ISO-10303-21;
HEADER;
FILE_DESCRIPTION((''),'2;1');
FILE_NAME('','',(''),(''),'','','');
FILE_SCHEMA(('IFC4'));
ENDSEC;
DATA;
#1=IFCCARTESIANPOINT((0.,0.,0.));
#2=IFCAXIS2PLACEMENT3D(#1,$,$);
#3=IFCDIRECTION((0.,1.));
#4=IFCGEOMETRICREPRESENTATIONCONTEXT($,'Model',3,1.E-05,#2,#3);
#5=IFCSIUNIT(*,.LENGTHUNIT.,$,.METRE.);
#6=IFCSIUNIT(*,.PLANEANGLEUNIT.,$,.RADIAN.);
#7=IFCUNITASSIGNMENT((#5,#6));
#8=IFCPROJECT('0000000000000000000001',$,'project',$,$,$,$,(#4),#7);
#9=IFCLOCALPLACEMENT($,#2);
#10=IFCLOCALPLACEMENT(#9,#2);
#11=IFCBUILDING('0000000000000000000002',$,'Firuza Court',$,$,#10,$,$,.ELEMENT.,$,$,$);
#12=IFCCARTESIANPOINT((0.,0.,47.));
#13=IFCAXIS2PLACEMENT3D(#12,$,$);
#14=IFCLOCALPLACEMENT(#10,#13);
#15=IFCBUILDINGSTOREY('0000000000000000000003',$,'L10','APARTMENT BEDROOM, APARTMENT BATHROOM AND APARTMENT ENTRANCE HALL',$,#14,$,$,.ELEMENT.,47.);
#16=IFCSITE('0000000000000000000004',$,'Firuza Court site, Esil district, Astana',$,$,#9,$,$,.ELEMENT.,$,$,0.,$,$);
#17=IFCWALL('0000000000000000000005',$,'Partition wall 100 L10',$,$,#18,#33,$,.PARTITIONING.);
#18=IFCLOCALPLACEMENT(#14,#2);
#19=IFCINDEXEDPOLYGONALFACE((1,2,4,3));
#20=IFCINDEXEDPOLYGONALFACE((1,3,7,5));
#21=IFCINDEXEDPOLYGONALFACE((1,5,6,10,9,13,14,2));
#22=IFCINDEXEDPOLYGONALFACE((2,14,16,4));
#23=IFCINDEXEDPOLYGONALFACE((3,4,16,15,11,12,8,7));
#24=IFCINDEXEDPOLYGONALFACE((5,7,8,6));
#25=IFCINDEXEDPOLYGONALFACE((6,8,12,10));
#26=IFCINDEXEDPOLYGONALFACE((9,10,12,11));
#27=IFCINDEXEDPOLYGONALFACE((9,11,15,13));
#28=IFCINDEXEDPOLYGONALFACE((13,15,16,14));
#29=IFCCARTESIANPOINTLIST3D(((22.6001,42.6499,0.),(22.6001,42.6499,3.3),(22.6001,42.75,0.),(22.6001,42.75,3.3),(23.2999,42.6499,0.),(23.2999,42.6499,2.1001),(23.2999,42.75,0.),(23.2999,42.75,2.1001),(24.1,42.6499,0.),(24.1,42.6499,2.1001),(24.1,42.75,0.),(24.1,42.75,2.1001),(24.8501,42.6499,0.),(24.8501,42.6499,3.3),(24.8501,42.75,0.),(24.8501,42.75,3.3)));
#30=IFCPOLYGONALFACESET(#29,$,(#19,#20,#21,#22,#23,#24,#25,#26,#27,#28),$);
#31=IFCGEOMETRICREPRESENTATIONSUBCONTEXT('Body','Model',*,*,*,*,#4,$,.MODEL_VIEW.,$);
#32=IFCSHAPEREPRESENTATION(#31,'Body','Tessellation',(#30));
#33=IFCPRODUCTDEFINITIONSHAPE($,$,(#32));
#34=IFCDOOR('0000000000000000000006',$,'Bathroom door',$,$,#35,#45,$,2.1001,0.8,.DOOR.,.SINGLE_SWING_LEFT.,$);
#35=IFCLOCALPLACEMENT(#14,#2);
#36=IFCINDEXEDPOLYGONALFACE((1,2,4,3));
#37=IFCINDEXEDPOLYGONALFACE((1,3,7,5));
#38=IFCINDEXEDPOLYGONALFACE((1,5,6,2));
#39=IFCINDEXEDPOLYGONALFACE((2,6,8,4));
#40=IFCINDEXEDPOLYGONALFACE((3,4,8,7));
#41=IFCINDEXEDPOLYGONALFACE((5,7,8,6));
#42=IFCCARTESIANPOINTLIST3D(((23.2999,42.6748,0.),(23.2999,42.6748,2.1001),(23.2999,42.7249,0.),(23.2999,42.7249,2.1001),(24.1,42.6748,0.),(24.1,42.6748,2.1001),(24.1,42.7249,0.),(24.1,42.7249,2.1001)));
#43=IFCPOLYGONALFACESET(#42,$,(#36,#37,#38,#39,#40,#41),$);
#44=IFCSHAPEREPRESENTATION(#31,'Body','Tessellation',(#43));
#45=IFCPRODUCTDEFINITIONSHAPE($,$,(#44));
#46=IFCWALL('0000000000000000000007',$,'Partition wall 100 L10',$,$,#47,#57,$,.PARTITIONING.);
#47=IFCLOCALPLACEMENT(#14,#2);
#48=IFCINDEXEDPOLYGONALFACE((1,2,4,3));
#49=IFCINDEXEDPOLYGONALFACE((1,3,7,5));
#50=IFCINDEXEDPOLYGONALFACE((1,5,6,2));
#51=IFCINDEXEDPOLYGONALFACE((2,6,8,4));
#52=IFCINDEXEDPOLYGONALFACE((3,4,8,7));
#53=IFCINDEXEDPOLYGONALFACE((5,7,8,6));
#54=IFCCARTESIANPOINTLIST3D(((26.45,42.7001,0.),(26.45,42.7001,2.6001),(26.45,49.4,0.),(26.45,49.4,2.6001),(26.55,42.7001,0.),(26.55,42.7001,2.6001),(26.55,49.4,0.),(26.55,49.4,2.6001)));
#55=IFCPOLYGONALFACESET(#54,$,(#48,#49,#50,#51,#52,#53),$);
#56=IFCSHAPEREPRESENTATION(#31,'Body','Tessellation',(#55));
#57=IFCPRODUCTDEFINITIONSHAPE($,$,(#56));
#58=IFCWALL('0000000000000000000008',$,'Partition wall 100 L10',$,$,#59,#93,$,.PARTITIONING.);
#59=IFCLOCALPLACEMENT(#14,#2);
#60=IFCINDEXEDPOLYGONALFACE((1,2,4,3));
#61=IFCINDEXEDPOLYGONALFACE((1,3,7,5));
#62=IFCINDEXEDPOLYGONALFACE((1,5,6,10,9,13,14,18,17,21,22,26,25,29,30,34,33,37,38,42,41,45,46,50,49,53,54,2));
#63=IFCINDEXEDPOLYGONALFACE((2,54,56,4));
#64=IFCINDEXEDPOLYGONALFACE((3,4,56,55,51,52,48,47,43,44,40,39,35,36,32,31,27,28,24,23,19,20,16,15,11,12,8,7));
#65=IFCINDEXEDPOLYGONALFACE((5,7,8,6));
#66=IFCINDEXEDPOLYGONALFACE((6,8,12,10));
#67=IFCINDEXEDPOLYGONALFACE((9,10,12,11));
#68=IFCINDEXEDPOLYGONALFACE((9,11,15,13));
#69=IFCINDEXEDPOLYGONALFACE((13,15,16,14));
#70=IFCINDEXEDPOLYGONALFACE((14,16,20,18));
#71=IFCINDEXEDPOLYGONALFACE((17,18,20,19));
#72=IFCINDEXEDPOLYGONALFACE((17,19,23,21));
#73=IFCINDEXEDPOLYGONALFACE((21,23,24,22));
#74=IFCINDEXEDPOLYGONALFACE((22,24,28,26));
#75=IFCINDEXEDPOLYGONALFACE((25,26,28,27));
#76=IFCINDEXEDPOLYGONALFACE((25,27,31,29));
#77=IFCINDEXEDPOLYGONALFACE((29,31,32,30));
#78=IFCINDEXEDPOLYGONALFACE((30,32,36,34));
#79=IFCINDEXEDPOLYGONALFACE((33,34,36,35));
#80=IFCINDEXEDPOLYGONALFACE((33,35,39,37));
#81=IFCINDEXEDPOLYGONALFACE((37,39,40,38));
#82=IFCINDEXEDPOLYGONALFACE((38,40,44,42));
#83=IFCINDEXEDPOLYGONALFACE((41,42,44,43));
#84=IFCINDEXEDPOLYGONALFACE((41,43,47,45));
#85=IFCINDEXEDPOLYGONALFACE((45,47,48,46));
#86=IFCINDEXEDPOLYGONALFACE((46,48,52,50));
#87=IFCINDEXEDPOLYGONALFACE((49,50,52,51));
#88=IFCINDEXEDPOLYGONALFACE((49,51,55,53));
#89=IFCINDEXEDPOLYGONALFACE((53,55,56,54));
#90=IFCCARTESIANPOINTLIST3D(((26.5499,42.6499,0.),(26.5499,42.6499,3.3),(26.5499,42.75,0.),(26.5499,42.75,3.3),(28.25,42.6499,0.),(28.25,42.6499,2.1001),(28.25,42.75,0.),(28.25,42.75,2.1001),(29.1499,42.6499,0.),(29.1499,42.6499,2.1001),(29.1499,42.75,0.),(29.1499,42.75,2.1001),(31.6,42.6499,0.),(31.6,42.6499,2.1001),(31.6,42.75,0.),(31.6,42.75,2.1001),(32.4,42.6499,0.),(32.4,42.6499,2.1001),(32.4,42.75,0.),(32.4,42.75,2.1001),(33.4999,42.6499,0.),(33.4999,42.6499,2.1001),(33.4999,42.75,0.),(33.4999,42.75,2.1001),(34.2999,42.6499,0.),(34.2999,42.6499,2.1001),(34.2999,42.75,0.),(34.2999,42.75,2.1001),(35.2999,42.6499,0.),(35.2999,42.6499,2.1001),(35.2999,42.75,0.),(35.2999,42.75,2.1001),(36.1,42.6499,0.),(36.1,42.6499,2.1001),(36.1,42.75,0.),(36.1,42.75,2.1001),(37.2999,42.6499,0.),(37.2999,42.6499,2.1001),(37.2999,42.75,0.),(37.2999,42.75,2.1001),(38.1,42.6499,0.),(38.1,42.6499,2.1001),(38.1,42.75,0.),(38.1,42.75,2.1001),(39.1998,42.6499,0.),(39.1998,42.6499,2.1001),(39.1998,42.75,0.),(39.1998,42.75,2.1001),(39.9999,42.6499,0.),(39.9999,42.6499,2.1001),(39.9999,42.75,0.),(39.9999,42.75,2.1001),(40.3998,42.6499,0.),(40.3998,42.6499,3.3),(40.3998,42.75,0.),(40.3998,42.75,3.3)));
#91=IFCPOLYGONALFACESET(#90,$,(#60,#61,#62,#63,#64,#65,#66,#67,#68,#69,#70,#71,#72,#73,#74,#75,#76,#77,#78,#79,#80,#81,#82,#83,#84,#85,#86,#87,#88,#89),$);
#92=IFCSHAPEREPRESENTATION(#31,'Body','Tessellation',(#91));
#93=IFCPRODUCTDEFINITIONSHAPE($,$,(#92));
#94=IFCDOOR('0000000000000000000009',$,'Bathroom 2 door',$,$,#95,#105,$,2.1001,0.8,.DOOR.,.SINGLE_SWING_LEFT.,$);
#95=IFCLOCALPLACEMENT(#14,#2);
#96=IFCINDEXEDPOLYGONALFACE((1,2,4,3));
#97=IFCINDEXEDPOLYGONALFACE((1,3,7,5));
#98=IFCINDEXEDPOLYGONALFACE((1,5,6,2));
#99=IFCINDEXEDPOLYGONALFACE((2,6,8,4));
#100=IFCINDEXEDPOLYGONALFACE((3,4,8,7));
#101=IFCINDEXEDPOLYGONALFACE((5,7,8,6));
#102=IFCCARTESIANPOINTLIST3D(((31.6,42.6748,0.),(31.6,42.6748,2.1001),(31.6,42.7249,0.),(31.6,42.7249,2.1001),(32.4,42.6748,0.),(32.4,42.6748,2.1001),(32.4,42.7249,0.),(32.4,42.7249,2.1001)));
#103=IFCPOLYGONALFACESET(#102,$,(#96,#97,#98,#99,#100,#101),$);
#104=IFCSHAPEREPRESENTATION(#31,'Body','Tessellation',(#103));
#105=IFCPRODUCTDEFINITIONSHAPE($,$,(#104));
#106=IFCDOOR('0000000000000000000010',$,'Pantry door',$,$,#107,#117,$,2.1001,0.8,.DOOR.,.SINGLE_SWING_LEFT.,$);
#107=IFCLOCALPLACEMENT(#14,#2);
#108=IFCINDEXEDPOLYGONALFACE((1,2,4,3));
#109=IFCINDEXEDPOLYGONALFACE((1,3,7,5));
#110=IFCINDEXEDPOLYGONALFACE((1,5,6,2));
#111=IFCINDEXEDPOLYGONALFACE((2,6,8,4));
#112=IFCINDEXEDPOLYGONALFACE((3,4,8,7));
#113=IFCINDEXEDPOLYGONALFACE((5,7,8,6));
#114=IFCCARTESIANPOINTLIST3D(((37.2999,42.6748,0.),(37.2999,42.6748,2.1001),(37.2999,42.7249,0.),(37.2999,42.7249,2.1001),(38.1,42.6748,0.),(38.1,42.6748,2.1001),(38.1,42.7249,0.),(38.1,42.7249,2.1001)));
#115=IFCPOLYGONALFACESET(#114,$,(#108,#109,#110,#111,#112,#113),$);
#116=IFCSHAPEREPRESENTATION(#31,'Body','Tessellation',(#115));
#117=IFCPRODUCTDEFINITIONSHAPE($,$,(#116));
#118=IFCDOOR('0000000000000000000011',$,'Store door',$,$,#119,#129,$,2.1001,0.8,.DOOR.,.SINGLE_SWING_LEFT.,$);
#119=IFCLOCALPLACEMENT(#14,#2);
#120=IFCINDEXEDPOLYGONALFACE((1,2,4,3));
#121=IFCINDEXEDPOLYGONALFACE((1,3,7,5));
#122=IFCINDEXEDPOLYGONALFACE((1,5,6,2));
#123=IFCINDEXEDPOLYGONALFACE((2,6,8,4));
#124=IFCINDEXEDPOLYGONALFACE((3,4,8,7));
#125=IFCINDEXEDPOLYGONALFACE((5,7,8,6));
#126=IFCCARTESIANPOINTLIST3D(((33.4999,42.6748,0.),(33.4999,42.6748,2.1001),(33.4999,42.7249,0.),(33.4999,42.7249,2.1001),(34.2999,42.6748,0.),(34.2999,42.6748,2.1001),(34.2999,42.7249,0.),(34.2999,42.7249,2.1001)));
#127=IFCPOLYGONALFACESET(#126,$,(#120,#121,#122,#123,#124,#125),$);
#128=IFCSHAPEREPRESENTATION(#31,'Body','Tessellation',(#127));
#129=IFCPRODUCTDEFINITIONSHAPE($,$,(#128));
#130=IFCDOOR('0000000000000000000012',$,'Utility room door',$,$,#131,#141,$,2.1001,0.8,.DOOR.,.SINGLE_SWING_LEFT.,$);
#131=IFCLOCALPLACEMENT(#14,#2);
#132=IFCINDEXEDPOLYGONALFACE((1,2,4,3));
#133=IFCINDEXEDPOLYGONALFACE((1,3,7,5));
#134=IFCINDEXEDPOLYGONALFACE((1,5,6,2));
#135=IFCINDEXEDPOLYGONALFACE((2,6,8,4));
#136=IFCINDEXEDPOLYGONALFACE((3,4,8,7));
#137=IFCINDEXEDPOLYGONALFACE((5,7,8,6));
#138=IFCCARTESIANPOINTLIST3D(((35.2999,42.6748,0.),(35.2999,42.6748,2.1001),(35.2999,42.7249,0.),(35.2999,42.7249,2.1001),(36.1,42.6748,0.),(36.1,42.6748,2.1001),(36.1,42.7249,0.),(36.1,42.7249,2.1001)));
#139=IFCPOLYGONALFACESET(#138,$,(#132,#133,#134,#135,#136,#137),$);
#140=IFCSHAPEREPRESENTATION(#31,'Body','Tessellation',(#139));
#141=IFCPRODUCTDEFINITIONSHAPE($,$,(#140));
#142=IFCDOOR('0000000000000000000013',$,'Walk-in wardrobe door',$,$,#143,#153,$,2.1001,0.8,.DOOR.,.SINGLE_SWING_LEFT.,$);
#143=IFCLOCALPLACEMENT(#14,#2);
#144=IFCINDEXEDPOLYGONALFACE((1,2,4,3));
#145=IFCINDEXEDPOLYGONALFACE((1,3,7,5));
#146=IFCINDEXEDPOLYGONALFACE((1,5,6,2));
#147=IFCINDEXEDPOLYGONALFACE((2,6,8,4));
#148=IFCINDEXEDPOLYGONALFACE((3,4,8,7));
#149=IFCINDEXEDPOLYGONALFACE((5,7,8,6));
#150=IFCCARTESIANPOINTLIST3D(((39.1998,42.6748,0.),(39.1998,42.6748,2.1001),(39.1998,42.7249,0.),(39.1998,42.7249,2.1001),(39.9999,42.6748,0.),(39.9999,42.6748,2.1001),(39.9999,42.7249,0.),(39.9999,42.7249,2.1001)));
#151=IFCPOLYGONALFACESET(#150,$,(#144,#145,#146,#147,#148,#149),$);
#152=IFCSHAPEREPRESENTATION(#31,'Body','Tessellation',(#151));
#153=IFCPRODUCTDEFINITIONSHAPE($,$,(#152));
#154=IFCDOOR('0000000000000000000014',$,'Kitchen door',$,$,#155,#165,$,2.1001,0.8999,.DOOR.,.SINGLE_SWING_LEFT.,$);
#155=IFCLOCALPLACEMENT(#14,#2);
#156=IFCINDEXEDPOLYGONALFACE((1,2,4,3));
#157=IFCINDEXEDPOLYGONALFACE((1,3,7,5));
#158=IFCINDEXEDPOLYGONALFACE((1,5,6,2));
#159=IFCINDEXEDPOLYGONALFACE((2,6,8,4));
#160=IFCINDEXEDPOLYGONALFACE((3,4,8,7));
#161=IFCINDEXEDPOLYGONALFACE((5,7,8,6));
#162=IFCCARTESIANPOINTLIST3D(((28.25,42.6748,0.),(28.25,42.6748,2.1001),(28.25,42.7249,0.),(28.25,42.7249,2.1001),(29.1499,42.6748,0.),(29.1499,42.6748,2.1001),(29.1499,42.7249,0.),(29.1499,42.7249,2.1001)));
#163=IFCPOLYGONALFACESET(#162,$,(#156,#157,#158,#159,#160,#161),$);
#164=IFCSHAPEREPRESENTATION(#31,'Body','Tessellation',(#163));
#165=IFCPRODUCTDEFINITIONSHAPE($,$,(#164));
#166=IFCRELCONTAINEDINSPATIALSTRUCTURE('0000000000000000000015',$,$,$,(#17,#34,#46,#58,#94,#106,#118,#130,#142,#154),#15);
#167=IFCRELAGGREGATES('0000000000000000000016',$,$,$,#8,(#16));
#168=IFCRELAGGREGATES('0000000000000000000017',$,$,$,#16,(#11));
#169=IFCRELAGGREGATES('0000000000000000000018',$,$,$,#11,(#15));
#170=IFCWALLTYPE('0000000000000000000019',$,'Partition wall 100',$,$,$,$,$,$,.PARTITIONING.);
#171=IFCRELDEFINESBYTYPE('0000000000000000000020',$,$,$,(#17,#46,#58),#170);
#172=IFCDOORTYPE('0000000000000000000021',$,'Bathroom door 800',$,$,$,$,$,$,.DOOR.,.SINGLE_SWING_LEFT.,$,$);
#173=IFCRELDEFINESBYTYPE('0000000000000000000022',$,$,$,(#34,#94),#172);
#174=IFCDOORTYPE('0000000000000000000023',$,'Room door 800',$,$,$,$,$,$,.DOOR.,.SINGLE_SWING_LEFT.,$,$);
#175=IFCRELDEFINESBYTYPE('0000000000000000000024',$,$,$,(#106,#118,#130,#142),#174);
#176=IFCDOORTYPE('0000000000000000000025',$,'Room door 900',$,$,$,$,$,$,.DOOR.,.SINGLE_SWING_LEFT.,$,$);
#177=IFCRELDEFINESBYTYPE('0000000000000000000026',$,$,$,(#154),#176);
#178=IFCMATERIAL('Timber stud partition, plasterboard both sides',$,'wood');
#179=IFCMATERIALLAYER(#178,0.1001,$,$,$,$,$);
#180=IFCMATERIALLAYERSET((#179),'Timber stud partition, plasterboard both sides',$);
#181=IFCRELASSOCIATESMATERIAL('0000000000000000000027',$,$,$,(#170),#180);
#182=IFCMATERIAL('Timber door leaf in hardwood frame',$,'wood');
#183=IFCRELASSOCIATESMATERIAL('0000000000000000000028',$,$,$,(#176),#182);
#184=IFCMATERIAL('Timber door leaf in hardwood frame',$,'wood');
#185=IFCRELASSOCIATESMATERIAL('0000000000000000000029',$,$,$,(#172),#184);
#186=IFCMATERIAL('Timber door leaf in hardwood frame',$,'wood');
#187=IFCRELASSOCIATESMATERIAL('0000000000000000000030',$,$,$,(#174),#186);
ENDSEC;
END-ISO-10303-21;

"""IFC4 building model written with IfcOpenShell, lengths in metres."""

from ifc_helpers import new_model, si_unit, direction, frame, frame_2d, origin, place, context, subcontext, project, spatial, rectangle, extrude, material, layer, layer_set, type_object, element, fill, save


model = new_model("IFC4")

# Units and contexts
model_context = context("Model", 3, precision=1e-05, world=origin(), true_north=direction((0.0, 1.0)))
body_context = subcontext(model_context, "Body", "Model", "MODEL_VIEW")
ifc_project = project(units=[si_unit("LENGTHUNIT", "METRE"), si_unit("PLANEANGLEUNIT", "RADIAN")], contexts=[model_context])

# Site, building, storey
site_placement = place(None, origin())
site = spatial("IfcSite", under=ifc_project, at=site_placement, Name="Firuza Court site, Esil district, Astana", CompositionType="ELEMENT", RefElevation=0.0)
building_placement = place(site_placement, origin())
building = spatial("IfcBuilding", under=site, at=building_placement, Name="Firuza Court", CompositionType="ELEMENT")
storey_placement = place(building_placement, frame((0.0, 0.0, 47.0)))
storey = spatial("IfcBuildingStorey", under=building, at=storey_placement, Name="L10", Description="APARTMENT BEDROOM, APARTMENT BATHROOM AND APARTMENT ENTRANCE HALL", CompositionType="ELEMENT", Elevation=47.0)

# Shared definitions
ifc_material_1 = material(Name="Timber stud partition, plasterboard both sides", Category="wood")
ifc_layer_1 = layer(ifc_material_1, 0.1001)
ifc_layer_set_1 = layer_set([ifc_layer_1], Name="Timber stud partition, plasterboard both sides")
wall_type_1 = type_object("IfcWallType", Name="Partition wall 100", PredefinedType="PARTITIONING", material=ifc_layer_set_1)

# Shared definitions
ifc_material_2 = material(Name="Timber door leaf in hardwood frame", Category="wood")
door_type_1 = type_object("IfcDoorType", Name="Room door 900", OperationType="SINGLE_SWING_LEFT", PredefinedType="DOOR", material=ifc_material_2)

# Wall, opening, door
wall_1_placement = place(storey_placement, frame((22.6001, 42.7, 0.0), z_axis=(0.0, 0.0, 1.0), x_axis=(1.0, 0.0, 0.0)))
wall_1 = element("IfcWall", 1, at=wall_1_placement, inside=storey, type_object=wall_type_1, Name="Partition wall 100 L10", PredefinedType="PARTITIONING", context=body_context, shape_type="SweptSolid", body=[
    extrude(rectangle(XDim=2.25, YDim=0.1001, at=frame_2d((1.125, 0.0))), origin(), (0.0, 0.0, 1.0), 3.3),
])
opening_1_placement = place(wall_1_placement, frame((0.7, 0.0, 0.0)))
opening_1 = element("IfcOpeningElement", 2, at=opening_1_placement, cuts=wall_1, PredefinedType="OPENING", context=body_context, shape_type="SweptSolid", body=[
    extrude(rectangle(XDim=0.8, YDim=2.1001, at=frame_2d((0.3999, 1.05))), frame((0.0, 0.062, 0.0), z_axis=(0.0, -1.0, 0.0), x_axis=(1.0, 0.0, 0.0)), (0.0, 0.0, 1.0), 0.124),
])
ifc_material_3 = material(Name="Timber door leaf in hardwood frame", Category="wood")
door_type_2 = type_object("IfcDoorType", Name="Bathroom door 800", OperationType="SINGLE_SWING_LEFT", PredefinedType="DOOR", material=ifc_material_3)
door_1_placement = place(opening_1_placement, origin())
door_1 = element("IfcDoor", 3, at=door_1_placement, inside=storey, type_object=door_type_2, Name="Bathroom door", OperationType="SINGLE_SWING_LEFT", OverallHeight=2.1001, OverallWidth=0.8, PredefinedType="DOOR", context=body_context, shape_type="SweptSolid", body=[
    extrude(rectangle(XDim=0.8, YDim=2.1001, at=frame_2d((0.3999, 1.05))), frame((0.0, 0.0249, 0.0), z_axis=(0.0, -1.0, 0.0), x_axis=(1.0, 0.0, 0.0)), (0.0, 0.0, 1.0), 0.05),
])
fill(opening_1, door_1)

# Wall
wall_2_placement = place(storey_placement, frame((26.5, 42.7, 0.0), z_axis=(0.0, 0.0, 1.0), x_axis=(0.0, 1.0, 0.0)))
element("IfcWall", 4, at=wall_2_placement, inside=storey, type_object=wall_type_1, Name="Partition wall 100 L10", PredefinedType="PARTITIONING", context=body_context, shape_type="SweptSolid", body=[
    extrude(rectangle(XDim=6.7, YDim=0.1001, at=frame_2d((3.3501, 0.0))), origin(), (0.0, 0.0, 1.0), 2.6001),
])

# Wall, openings, doors
wall_3_placement = place(storey_placement, frame((26.55, 42.7, 0.0), z_axis=(0.0, 0.0, 1.0), x_axis=(1.0, 0.0, 0.0)))
wall_3 = element("IfcWall", 5, at=wall_3_placement, inside=storey, type_object=wall_type_1, Name="Partition wall 100 L10", PredefinedType="PARTITIONING", context=body_context, shape_type="SweptSolid", body=[
    extrude(rectangle(XDim=13.8499, YDim=0.1001, at=frame_2d((6.9248, 0.0))), origin(), (0.0, 0.0, 1.0), 3.3),
])
opening_2_placement = place(wall_3_placement, frame((5.05, 0.0, 0.0)))
opening_2 = element("IfcOpeningElement", 6, at=opening_2_placement, cuts=wall_3, PredefinedType="OPENING", context=body_context, shape_type="SweptSolid", body=[
    extrude(rectangle(XDim=0.8, YDim=2.1001, at=frame_2d((0.3999, 1.05))), frame((0.0, 0.062, 0.0), z_axis=(0.0, -1.0, 0.0), x_axis=(1.0, 0.0, 0.0)), (0.0, 0.0, 1.0), 0.124),
])
opening_3_placement = place(wall_3_placement, frame((1.7, 0.0, 0.0)))
opening_3 = element("IfcOpeningElement", 7, at=opening_3_placement, cuts=wall_3, PredefinedType="OPENING", context=body_context, shape_type="SweptSolid", body=[
    extrude(rectangle(XDim=0.8999, YDim=2.1001, at=frame_2d((0.45, 1.05))), frame((0.0, 0.062, 0.0), z_axis=(0.0, -1.0, 0.0), x_axis=(1.0, 0.0, 0.0)), (0.0, 0.0, 1.0), 0.124),
])
opening_4_placement = place(wall_3_placement, frame((10.75, 0.0, 0.0)))
opening_4 = element("IfcOpeningElement", 8, at=opening_4_placement, cuts=wall_3, PredefinedType="OPENING", context=body_context, shape_type="SweptSolid", body=[
    extrude(rectangle(XDim=0.8, YDim=2.1001, at=frame_2d((0.3999, 1.05))), frame((0.0, 0.062, 0.0), z_axis=(0.0, -1.0, 0.0), x_axis=(1.0, 0.0, 0.0)), (0.0, 0.0, 1.0), 0.124),
])
opening_5_placement = place(wall_3_placement, frame((6.95, 0.0, 0.0)))
opening_5 = element("IfcOpeningElement", 9, at=opening_5_placement, cuts=wall_3, PredefinedType="OPENING", context=body_context, shape_type="SweptSolid", body=[
    extrude(rectangle(XDim=0.8, YDim=2.1001, at=frame_2d((0.3999, 1.05))), frame((0.0, 0.062, 0.0), z_axis=(0.0, -1.0, 0.0), x_axis=(1.0, 0.0, 0.0)), (0.0, 0.0, 1.0), 0.124),
])
opening_6_placement = place(wall_3_placement, frame((8.75, 0.0, 0.0)))
opening_6 = element("IfcOpeningElement", 10, at=opening_6_placement, cuts=wall_3, PredefinedType="OPENING", context=body_context, shape_type="SweptSolid", body=[
    extrude(rectangle(XDim=0.8, YDim=2.1001, at=frame_2d((0.3999, 1.05))), frame((0.0, 0.062, 0.0), z_axis=(0.0, -1.0, 0.0), x_axis=(1.0, 0.0, 0.0)), (0.0, 0.0, 1.0), 0.124),
])
opening_7_placement = place(wall_3_placement, frame((12.6499, 0.0, 0.0)))
opening_7 = element("IfcOpeningElement", 11, at=opening_7_placement, cuts=wall_3, PredefinedType="OPENING", context=body_context, shape_type="SweptSolid", body=[
    extrude(rectangle(XDim=0.8, YDim=2.1001, at=frame_2d((0.3999, 1.05))), frame((0.0, 0.062, 0.0), z_axis=(0.0, -1.0, 0.0), x_axis=(1.0, 0.0, 0.0)), (0.0, 0.0, 1.0), 0.124),
])
door_2_placement = place(opening_2_placement, origin())
door_2 = element("IfcDoor", 12, at=door_2_placement, inside=storey, type_object=door_type_2, Name="Bathroom 2 door", OperationType="SINGLE_SWING_LEFT", OverallHeight=2.1001, OverallWidth=0.8, PredefinedType="DOOR", context=body_context, shape_type="SweptSolid", body=[
    extrude(rectangle(XDim=0.8, YDim=2.1001, at=frame_2d((0.3999, 1.05))), frame((0.0, 0.0249, 0.0), z_axis=(0.0, -1.0, 0.0), x_axis=(1.0, 0.0, 0.0)), (0.0, 0.0, 1.0), 0.05),
])
fill(opening_2, door_2)
ifc_material_4 = material(Name="Timber door leaf in hardwood frame", Category="wood")
door_type_3 = type_object("IfcDoorType", Name="Room door 800", OperationType="SINGLE_SWING_LEFT", PredefinedType="DOOR", material=ifc_material_4)
door_3_placement = place(opening_4_placement, origin())
door_3 = element("IfcDoor", 13, at=door_3_placement, inside=storey, type_object=door_type_3, Name="Pantry door", OperationType="SINGLE_SWING_LEFT", OverallHeight=2.1001, OverallWidth=0.8, PredefinedType="DOOR", context=body_context, shape_type="SweptSolid", body=[
    extrude(rectangle(XDim=0.8, YDim=2.1001, at=frame_2d((0.3999, 1.05))), frame((0.0, 0.0249, 0.0), z_axis=(0.0, -1.0, 0.0), x_axis=(1.0, 0.0, 0.0)), (0.0, 0.0, 1.0), 0.05),
])
fill(opening_4, door_3)
door_4_placement = place(opening_5_placement, origin())
door_4 = element("IfcDoor", 14, at=door_4_placement, inside=storey, type_object=door_type_3, Name="Store door", OperationType="SINGLE_SWING_LEFT", OverallHeight=2.1001, OverallWidth=0.8, PredefinedType="DOOR", context=body_context, shape_type="SweptSolid", body=[
    extrude(rectangle(XDim=0.8, YDim=2.1001, at=frame_2d((0.3999, 1.05))), frame((0.0, 0.0249, 0.0), z_axis=(0.0, -1.0, 0.0), x_axis=(1.0, 0.0, 0.0)), (0.0, 0.0, 1.0), 0.05),
])
fill(opening_5, door_4)
door_5_placement = place(opening_6_placement, origin())
door_5 = element("IfcDoor", 15, at=door_5_placement, inside=storey, type_object=door_type_3, Name="Utility room door", OperationType="SINGLE_SWING_LEFT", OverallHeight=2.1001, OverallWidth=0.8, PredefinedType="DOOR", context=body_context, shape_type="SweptSolid", body=[
    extrude(rectangle(XDim=0.8, YDim=2.1001, at=frame_2d((0.3999, 1.05))), frame((0.0, 0.0249, 0.0), z_axis=(0.0, -1.0, 0.0), x_axis=(1.0, 0.0, 0.0)), (0.0, 0.0, 1.0), 0.05),
])
fill(opening_6, door_5)
door_6_placement = place(opening_7_placement, origin())
door_6 = element("IfcDoor", 16, at=door_6_placement, inside=storey, type_object=door_type_3, Name="Walk-in wardrobe door", OperationType="SINGLE_SWING_LEFT", OverallHeight=2.1001, OverallWidth=0.8, PredefinedType="DOOR", context=body_context, shape_type="SweptSolid", body=[
    extrude(rectangle(XDim=0.8, YDim=2.1001, at=frame_2d((0.3999, 1.05))), frame((0.0, 0.0249, 0.0), z_axis=(0.0, -1.0, 0.0), x_axis=(1.0, 0.0, 0.0)), (0.0, 0.0, 1.0), 0.05),
])
fill(opening_7, door_6)
door_7_placement = place(opening_3_placement, origin())
door_7 = element("IfcDoor", 17, at=door_7_placement, inside=storey, type_object=door_type_1, Name="Kitchen door", OperationType="SINGLE_SWING_LEFT", OverallHeight=2.1001, OverallWidth=0.8999, PredefinedType="DOOR", context=body_context, shape_type="SweptSolid", body=[
    extrude(rectangle(XDim=0.8999, YDim=2.1001, at=frame_2d((0.45, 1.05))), frame((0.0, 0.0249, 0.0), z_axis=(0.0, -1.0, 0.0), x_axis=(1.0, 0.0, 0.0)), (0.0, 0.0, 1.0), 0.05),
])
fill(opening_3, door_7)

save(model, "model.ifc")
